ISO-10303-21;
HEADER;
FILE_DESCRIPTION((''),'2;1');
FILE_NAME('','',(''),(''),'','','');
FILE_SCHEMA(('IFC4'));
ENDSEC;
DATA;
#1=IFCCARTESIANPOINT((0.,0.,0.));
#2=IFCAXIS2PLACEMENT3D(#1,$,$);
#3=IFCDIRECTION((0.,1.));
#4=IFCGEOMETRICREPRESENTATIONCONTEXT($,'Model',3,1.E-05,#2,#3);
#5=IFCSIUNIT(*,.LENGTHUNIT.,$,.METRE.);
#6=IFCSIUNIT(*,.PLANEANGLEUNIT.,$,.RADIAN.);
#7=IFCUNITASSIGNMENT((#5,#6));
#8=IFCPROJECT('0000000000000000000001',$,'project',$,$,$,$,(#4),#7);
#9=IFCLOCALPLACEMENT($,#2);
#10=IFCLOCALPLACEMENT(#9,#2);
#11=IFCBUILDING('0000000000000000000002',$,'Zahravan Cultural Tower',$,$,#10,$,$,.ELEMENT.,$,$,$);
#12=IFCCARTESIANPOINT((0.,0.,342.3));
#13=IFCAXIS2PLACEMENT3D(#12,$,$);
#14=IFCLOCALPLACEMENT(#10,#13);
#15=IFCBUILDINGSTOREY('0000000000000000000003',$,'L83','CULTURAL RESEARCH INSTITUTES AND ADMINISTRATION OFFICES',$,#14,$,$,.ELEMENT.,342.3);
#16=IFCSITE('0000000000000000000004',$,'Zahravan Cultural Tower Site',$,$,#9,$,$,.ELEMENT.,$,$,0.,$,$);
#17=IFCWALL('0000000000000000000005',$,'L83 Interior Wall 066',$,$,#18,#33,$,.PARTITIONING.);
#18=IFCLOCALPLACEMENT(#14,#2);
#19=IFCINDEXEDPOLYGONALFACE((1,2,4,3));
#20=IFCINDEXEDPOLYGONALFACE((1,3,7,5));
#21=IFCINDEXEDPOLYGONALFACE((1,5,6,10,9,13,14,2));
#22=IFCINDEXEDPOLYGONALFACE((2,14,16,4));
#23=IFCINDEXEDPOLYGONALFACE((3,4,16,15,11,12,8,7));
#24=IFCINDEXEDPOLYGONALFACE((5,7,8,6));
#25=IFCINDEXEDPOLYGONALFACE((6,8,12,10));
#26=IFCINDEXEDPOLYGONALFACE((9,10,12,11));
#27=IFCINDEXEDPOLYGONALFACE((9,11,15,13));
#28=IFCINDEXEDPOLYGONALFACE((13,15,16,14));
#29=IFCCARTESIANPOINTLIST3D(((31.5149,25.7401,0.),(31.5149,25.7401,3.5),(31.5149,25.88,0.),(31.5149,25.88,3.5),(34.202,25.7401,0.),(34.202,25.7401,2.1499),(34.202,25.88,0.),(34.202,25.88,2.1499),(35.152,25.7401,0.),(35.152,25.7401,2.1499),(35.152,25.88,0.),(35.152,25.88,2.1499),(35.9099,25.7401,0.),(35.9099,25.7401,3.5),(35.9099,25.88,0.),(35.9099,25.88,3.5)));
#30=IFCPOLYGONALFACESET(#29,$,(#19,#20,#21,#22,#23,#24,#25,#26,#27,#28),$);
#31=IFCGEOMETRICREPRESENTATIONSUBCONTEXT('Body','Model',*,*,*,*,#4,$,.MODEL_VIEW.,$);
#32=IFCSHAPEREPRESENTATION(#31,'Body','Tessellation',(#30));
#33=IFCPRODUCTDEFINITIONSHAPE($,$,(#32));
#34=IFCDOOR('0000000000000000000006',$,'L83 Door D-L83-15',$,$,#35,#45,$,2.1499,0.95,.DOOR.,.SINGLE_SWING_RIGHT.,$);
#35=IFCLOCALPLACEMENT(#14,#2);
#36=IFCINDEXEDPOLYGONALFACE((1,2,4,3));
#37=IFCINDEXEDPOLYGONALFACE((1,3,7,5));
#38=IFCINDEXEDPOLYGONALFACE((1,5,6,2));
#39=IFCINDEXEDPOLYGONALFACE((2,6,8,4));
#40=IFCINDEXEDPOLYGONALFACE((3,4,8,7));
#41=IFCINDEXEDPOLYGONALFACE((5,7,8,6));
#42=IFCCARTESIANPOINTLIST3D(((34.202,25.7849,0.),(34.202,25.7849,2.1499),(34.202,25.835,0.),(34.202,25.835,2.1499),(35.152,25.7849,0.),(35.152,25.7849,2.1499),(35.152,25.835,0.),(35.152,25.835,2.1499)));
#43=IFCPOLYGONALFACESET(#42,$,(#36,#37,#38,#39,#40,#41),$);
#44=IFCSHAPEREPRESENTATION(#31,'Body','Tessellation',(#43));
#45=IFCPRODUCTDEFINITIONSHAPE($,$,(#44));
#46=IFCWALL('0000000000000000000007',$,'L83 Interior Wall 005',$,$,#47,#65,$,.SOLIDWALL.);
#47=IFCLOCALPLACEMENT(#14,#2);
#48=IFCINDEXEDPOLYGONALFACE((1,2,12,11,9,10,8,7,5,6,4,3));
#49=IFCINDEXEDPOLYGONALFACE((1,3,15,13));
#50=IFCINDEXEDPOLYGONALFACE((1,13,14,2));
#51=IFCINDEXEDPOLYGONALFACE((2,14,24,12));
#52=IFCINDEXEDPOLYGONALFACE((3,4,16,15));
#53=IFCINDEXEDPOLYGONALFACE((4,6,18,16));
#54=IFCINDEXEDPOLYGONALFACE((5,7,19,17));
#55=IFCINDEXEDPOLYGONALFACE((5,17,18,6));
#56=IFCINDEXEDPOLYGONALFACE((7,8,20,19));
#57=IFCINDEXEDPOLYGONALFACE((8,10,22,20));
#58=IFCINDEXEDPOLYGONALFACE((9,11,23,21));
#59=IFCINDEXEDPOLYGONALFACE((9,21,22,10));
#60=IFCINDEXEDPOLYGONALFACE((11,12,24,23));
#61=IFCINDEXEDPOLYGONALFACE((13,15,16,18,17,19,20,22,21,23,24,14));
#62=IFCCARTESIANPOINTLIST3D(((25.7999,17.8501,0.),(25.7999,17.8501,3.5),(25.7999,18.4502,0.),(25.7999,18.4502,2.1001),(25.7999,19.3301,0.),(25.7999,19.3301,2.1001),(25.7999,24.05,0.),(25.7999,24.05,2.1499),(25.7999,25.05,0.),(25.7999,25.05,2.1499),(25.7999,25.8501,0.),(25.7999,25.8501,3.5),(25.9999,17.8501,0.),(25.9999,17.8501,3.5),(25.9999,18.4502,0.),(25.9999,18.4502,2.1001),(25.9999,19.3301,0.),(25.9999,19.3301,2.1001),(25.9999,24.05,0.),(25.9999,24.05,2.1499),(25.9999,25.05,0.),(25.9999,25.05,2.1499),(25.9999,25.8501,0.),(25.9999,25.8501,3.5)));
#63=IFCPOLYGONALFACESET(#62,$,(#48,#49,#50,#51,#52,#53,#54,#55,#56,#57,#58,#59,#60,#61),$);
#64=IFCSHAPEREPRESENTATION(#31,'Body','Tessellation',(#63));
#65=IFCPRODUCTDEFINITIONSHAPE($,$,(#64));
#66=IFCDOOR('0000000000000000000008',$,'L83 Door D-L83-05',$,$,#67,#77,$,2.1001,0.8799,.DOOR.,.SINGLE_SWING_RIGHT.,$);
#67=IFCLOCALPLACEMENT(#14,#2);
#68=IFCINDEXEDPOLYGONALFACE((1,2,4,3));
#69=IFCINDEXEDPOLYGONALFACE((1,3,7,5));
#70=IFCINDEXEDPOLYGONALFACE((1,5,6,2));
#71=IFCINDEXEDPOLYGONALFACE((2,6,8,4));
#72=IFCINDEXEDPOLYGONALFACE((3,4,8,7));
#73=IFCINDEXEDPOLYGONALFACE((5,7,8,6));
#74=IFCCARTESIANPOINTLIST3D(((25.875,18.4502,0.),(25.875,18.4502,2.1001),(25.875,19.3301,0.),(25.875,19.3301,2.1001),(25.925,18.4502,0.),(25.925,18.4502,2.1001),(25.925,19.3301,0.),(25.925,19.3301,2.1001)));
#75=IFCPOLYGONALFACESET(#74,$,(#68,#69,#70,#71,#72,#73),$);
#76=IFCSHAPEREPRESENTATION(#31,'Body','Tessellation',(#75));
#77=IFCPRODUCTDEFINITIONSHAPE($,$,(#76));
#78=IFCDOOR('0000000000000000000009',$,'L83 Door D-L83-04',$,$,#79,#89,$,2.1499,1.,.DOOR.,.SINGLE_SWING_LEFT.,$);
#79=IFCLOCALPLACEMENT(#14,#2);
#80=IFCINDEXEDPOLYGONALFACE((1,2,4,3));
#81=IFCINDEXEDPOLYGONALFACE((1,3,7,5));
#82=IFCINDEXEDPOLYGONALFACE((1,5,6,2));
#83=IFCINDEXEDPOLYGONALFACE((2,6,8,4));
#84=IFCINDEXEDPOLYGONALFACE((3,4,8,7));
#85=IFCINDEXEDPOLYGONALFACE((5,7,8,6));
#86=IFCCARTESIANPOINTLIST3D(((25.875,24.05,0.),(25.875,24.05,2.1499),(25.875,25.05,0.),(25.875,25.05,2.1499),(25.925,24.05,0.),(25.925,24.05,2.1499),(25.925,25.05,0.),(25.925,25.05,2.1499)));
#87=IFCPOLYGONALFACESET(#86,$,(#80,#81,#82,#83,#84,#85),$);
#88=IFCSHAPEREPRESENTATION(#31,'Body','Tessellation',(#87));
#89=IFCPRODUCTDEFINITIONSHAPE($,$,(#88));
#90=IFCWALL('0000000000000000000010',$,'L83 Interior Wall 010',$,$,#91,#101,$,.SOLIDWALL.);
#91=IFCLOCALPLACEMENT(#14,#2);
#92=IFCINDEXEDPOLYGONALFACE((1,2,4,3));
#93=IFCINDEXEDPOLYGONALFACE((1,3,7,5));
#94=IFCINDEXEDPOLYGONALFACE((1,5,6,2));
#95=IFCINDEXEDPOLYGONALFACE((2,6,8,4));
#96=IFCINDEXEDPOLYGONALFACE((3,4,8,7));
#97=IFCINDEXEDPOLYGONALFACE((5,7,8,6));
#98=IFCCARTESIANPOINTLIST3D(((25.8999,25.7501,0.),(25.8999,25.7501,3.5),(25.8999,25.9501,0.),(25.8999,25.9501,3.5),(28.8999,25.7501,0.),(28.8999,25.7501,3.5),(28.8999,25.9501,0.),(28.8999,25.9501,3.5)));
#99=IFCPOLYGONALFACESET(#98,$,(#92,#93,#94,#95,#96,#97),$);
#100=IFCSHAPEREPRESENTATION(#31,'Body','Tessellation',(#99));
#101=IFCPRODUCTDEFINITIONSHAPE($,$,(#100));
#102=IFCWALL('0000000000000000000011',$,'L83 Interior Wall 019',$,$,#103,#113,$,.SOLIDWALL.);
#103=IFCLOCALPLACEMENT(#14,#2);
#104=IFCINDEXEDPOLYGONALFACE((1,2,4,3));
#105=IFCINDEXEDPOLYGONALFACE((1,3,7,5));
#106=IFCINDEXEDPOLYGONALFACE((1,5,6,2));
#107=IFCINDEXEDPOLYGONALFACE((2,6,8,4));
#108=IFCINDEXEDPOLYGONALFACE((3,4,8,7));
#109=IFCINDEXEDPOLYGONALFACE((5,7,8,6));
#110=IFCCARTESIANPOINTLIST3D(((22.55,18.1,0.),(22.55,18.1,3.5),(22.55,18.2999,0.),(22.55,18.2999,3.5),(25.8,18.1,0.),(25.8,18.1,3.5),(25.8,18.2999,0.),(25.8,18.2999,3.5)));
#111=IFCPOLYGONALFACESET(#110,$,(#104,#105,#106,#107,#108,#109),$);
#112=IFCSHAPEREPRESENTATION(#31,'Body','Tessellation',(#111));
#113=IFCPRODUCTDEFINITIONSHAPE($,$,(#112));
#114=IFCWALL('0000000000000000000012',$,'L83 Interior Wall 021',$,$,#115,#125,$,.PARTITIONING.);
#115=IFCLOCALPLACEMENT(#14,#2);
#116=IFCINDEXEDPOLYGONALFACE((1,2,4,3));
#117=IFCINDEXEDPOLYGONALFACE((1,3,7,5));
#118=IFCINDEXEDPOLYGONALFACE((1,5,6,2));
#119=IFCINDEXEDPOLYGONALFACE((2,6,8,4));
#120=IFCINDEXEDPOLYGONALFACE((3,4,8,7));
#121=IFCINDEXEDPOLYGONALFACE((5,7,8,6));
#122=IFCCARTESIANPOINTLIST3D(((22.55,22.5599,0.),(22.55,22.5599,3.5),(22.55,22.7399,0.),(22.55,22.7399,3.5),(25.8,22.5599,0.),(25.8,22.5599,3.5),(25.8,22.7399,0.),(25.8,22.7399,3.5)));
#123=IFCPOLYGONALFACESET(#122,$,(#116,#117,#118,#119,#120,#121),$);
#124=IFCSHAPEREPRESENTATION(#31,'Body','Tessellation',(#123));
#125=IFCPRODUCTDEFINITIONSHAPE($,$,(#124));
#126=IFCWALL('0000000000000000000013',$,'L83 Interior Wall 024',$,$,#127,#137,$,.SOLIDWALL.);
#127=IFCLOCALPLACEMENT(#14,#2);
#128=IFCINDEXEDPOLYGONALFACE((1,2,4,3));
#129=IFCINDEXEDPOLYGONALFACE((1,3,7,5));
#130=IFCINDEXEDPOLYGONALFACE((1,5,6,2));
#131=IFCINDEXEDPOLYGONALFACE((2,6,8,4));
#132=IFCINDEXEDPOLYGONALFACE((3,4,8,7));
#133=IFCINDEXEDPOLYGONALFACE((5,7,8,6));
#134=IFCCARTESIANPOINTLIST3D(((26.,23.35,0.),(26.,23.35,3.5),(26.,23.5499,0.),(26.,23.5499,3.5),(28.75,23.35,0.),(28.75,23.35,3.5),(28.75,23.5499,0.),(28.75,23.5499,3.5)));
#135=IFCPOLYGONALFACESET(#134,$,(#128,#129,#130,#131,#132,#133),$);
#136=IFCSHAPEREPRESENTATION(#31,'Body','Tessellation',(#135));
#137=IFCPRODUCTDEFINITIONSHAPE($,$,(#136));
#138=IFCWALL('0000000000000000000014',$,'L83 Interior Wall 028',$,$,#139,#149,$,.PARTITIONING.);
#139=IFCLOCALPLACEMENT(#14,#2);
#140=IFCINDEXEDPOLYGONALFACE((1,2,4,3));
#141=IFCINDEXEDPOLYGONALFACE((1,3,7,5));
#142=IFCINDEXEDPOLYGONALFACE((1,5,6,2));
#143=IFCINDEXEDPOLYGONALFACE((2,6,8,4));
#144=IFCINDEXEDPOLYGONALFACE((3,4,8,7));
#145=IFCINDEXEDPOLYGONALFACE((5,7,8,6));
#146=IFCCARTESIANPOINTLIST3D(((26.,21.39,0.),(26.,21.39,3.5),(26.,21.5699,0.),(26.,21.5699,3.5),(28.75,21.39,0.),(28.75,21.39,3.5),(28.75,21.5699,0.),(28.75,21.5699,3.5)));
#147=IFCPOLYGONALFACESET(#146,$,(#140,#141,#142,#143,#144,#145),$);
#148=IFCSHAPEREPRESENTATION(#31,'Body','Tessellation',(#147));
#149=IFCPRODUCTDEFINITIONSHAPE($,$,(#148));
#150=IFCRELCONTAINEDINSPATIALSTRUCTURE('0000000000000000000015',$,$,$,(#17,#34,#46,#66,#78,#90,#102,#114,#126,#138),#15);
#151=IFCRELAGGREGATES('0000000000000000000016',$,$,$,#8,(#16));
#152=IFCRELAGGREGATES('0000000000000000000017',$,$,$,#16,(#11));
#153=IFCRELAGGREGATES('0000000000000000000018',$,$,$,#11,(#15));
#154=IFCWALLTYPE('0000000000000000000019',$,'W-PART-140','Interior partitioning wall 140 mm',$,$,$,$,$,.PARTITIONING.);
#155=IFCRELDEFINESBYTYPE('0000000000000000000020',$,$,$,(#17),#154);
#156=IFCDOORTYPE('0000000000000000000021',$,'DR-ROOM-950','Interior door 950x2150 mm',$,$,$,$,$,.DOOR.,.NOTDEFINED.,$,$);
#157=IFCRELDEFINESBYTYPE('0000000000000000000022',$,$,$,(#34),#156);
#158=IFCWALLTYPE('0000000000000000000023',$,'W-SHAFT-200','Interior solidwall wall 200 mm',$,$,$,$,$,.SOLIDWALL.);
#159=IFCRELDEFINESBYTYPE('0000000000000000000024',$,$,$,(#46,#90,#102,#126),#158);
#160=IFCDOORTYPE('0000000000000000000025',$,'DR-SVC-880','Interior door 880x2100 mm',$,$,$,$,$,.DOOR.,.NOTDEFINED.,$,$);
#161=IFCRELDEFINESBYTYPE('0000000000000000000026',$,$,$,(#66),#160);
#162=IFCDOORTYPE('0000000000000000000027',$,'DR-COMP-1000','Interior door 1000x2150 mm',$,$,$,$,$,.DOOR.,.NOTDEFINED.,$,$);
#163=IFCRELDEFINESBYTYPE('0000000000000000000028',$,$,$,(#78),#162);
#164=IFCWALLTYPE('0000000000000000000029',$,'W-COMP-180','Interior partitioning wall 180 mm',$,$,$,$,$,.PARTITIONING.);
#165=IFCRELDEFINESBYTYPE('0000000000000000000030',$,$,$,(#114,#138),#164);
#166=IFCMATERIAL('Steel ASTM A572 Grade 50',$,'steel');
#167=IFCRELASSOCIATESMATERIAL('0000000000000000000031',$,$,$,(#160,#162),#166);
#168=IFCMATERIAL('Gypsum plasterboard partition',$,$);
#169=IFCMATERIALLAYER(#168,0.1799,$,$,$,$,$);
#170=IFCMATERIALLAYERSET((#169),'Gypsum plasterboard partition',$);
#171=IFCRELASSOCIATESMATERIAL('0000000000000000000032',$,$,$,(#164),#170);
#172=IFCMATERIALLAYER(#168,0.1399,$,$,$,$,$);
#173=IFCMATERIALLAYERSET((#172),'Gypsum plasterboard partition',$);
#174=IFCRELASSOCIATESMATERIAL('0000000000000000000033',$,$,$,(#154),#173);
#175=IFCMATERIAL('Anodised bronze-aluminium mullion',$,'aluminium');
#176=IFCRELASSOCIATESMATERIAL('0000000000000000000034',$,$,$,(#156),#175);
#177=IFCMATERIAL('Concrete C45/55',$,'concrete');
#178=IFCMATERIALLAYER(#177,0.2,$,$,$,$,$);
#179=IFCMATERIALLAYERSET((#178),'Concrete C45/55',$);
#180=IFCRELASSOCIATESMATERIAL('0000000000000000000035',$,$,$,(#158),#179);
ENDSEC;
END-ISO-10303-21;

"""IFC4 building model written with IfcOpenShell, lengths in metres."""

from ifc_helpers import new_model, si_unit, direction, frame, frame_2d, origin, place, context, subcontext, project, spatial, rectangle, extrude, source, transform, mapped, material, layer, layer_set, type_object, element, fill, save


model = new_model("IFC4")

# Units and contexts
model_context = context("Model", 3, precision=1e-05, world=origin(), true_north=direction((0.0, 1.0)))
body_context = subcontext(model_context, "Body", "Model", "MODEL_VIEW")
ifc_project = project(units=[si_unit("LENGTHUNIT", "METRE"), si_unit("PLANEANGLEUNIT", "RADIAN")], contexts=[model_context])

# Site, building, storey
site_placement = place(None, origin())
site = spatial("IfcSite", under=ifc_project, at=site_placement, Name="Zahravan Cultural Tower Site", CompositionType="ELEMENT", RefElevation=0.0)
building_placement = place(site_placement, origin())
building = spatial("IfcBuilding", under=site, at=building_placement, Name="Zahravan Cultural Tower", CompositionType="ELEMENT")
storey_placement = place(building_placement, frame((0.0, 0.0, 342.3)))
storey = spatial("IfcBuildingStorey", under=building, at=storey_placement, Name="L83", Description="CULTURAL RESEARCH INSTITUTES AND ADMINISTRATION OFFICES", CompositionType="ELEMENT", Elevation=342.3)

# Shared definitions
ifc_material_1 = material(Name="Steel ASTM A572 Grade 50", Category="steel")
door_type_1 = type_object("IfcDoorType", Name="DR-SVC-880", Description="Interior door 880x2100 mm", OperationType="NOTDEFINED", PredefinedType="DOOR", material=ifc_material_1)
shared_shape_1 = source(origin(), body_context, "Body", "SweptSolid", [
    extrude(rectangle(XDim=0.8799, YDim=2.1001, at=frame_2d((0.4399, 1.05))), frame((0.0, 0.0249, 0.0), z_axis=(0.0, -1.0, 0.0), x_axis=(1.0, 0.0, 0.0)), (0.0, 0.0, 1.0), 0.05),
])

# Wall, opening, door
ifc_material_2 = material(Name="Gypsum plasterboard partition")
ifc_layer_1 = layer(ifc_material_2, 0.1799)
ifc_layer_set_1 = layer_set([ifc_layer_1], Name="Gypsum plasterboard partition")
wall_type_1 = type_object("IfcWallType", Name="W-COMP-180", Description="Interior partitioning wall 180 mm", PredefinedType="PARTITIONING", material=ifc_layer_set_1)
ifc_layer_2 = layer(ifc_material_2, 0.1399)
ifc_layer_set_2 = layer_set([ifc_layer_2], Name="Gypsum plasterboard partition")
wall_type_2 = type_object("IfcWallType", Name="W-PART-140", Description="Interior partitioning wall 140 mm", PredefinedType="PARTITIONING", material=ifc_layer_set_2)
wall_1_placement = place(storey_placement, frame((31.5149, 25.8101, 0.0), z_axis=(0.0, 0.0, 1.0), x_axis=(1.0, 0.0, 0.0)))
wall_1 = element("IfcWall", 1, at=wall_1_placement, inside=storey, type_object=wall_type_2, Name="L83 Interior Wall 066", PredefinedType="PARTITIONING", context=body_context, shape_type="SweptSolid", body=[
    extrude(rectangle(XDim=4.395, YDim=0.1399, at=frame_2d((2.1975, 0.0))), origin(), (0.0, 0.0, 1.0), 3.5),
])
opening_1_placement = place(wall_1_placement, frame((2.687, 0.0, 0.0)))
opening_1 = element("IfcOpeningElement", 2, at=opening_1_placement, cuts=wall_1, PredefinedType="OPENING", context=body_context, shape_type="SweptSolid", body=[
    extrude(rectangle(XDim=0.95, YDim=2.1499, at=frame_2d((0.4751, 1.075))), frame((0.0, 0.0798, 0.0), z_axis=(0.0, -1.0, 0.0), x_axis=(1.0, 0.0, 0.0)), (0.0, 0.0, 1.0), 0.1599),
])
ifc_material_3 = material(Name="Anodised bronze-aluminium mullion", Category="aluminium")
door_type_2 = type_object("IfcDoorType", Name="DR-ROOM-950", Description="Interior door 950x2150 mm", OperationType="NOTDEFINED", PredefinedType="DOOR", material=ifc_material_3)
shared_shape_2 = source(origin(), body_context, "Body", "SweptSolid", [
    extrude(rectangle(XDim=0.95, YDim=2.1499, at=frame_2d((0.4751, 1.075))), frame((0.0, 0.0249, 0.0), z_axis=(0.0, -1.0, 0.0), x_axis=(1.0, 0.0, 0.0)), (0.0, 0.0, 1.0), 0.05),
])
door_1_placement = place(opening_1_placement, origin())
door_1 = element("IfcDoor", 3, at=door_1_placement, inside=storey, type_object=door_type_2, Name="L83 Door D-L83-15", OperationType="SINGLE_SWING_RIGHT", OverallHeight=2.1499, OverallWidth=0.95, PredefinedType="DOOR", context=body_context, shape_type="MappedRepresentation", body=[
    mapped(shared_shape_2, transform((0.0, 0.0, 0.0), x_axis=(1.0, 0.0, 0.0), y_axis=(0.0, 1.0, 0.0), z_axis=(0.0, 0.0, 1.0), scale=1.0)),
])
fill(opening_1, door_1)

# Wall, openings, doors
ifc_material_4 = material(Name="Concrete C45/55", Category="concrete")
ifc_layer_3 = layer(ifc_material_4, 0.2)
ifc_layer_set_3 = layer_set([ifc_layer_3], Name="Concrete C45/55")
wall_type_3 = type_object("IfcWallType", Name="W-SHAFT-200", Description="Interior solidwall wall 200 mm", PredefinedType="SOLIDWALL", material=ifc_layer_set_3)
wall_2_placement = place(storey_placement, frame((25.8999, 17.8501, 0.0), z_axis=(0.0, 0.0, 1.0), x_axis=(0.0, 1.0, 0.0)))
wall_2 = element("IfcWall", 4, at=wall_2_placement, inside=storey, type_object=wall_type_3, Name="L83 Interior Wall 005", PredefinedType="SOLIDWALL", context=body_context, shape_type="SweptSolid", body=[
    extrude(rectangle(XDim=8.0, YDim=0.2, at=frame_2d((4.0, 0.0))), origin(), (0.0, 0.0, 1.0), 3.5),
])
opening_2_placement = place(wall_2_placement, frame((6.2, 0.0, 0.0)))
opening_2 = element("IfcOpeningElement", 5, at=opening_2_placement, cuts=wall_2, PredefinedType="OPENING", context=body_context, shape_type="SweptSolid", body=[
    extrude(rectangle(XDim=1.0, YDim=2.1499, at=frame_2d((0.5, 1.075))), frame((0.0, 0.1099, 0.0), z_axis=(0.0, -1.0, 0.0), x_axis=(1.0, 0.0, 0.0)), (0.0, 0.0, 1.0), 0.22),
])
opening_3_placement = place(wall_2_placement, frame((0.6001, 0.0, 0.0)))
opening_3 = element("IfcOpeningElement", 6, at=opening_3_placement, cuts=wall_2, PredefinedType="OPENING", context=body_context, shape_type="SweptSolid", body=[
    extrude(rectangle(XDim=0.8799, YDim=2.1001, at=frame_2d((0.4399, 1.05))), frame((0.0, 0.1099, 0.0), z_axis=(0.0, -1.0, 0.0), x_axis=(1.0, 0.0, 0.0)), (0.0, 0.0, 1.0), 0.22),
])
door_2_placement = place(opening_3_placement, origin())
door_2 = element("IfcDoor", 7, at=door_2_placement, inside=storey, type_object=door_type_1, Name="L83 Door D-L83-05", OperationType="SINGLE_SWING_RIGHT", OverallHeight=2.1001, OverallWidth=0.8799, PredefinedType="DOOR", context=body_context, shape_type="MappedRepresentation", body=[
    mapped(shared_shape_1, transform((0.0, 0.0, 0.0), x_axis=(1.0, 0.0, 0.0), y_axis=(0.0, 1.0, 0.0), z_axis=(0.0, 0.0, 1.0), scale=1.0)),
])
fill(opening_3, door_2)
door_type_3 = type_object("IfcDoorType", Name="DR-COMP-1000", Description="Interior door 1000x2150 mm", OperationType="NOTDEFINED", PredefinedType="DOOR", material=ifc_material_1)
shared_shape_3 = source(origin(), body_context, "Body", "SweptSolid", [
    extrude(rectangle(XDim=1.0, YDim=2.1499, at=frame_2d((0.5, 1.075))), frame((0.0, 0.0249, 0.0), z_axis=(0.0, -1.0, 0.0), x_axis=(1.0, 0.0, 0.0)), (0.0, 0.0, 1.0), 0.05),
])
door_3_placement = place(opening_2_placement, origin())
door_3 = element("IfcDoor", 8, at=door_3_placement, inside=storey, type_object=door_type_3, Name="L83 Door D-L83-04", OperationType="SINGLE_SWING_LEFT", OverallHeight=2.1499, OverallWidth=1.0, PredefinedType="DOOR", context=body_context, shape_type="MappedRepresentation", body=[
    mapped(shared_shape_3, transform((0.0, 0.0, 0.0), x_axis=(1.0, 0.0, 0.0), y_axis=(0.0, 1.0, 0.0), z_axis=(0.0, 0.0, 1.0), scale=1.0)),
])
fill(opening_2, door_3)

# Walls
shared_shape_4 = source(origin(), body_context, "Body", "SweptSolid", [
    extrude(rectangle(XDim=3.0, YDim=0.2, at=frame_2d((1.5, 0.0))), origin(), (0.0, 0.0, 1.0), 3.5),
])
wall_3_placement = place(storey_placement, frame((25.8999, 25.8501, 0.0), z_axis=(0.0, 0.0, 1.0), x_axis=(1.0, 0.0, 0.0)))
element("IfcWall", 9, at=wall_3_placement, inside=storey, type_object=wall_type_3, Name="L83 Interior Wall 010", PredefinedType="SOLIDWALL", context=body_context, shape_type="MappedRepresentation", body=[
    mapped(shared_shape_4, transform((0.0, 0.0, 0.0), x_axis=(1.0, 0.0, 0.0), y_axis=(0.0, 1.0, 0.0), z_axis=(0.0, 0.0, 1.0), scale=1.0)),
])
shared_shape_5 = source(origin(), body_context, "Body", "SweptSolid", [
    extrude(rectangle(XDim=3.25, YDim=0.2, at=frame_2d((1.625, 0.0))), origin(), (0.0, 0.0, 1.0), 3.5),
])
wall_4_placement = place(storey_placement, frame((22.55, 18.2, 0.0), z_axis=(0.0, 0.0, 1.0), x_axis=(1.0, 0.0, 0.0)))
element("IfcWall", 10, at=wall_4_placement, inside=storey, type_object=wall_type_3, Name="L83 Interior Wall 019", PredefinedType="SOLIDWALL", context=body_context, shape_type="MappedRepresentation", body=[
    mapped(shared_shape_5, transform((0.0, 0.0, 0.0), x_axis=(1.0, 0.0, 0.0), y_axis=(0.0, 1.0, 0.0), z_axis=(0.0, 0.0, 1.0), scale=1.0)),
])
shared_shape_6 = source(origin(), body_context, "Body", "SweptSolid", [
    extrude(rectangle(XDim=3.25, YDim=0.1799, at=frame_2d((1.625, 0.0))), origin(), (0.0, 0.0, 1.0), 3.5),
])
wall_5_placement = place(storey_placement, frame((22.55, 22.6499, 0.0), z_axis=(0.0, 0.0, 1.0), x_axis=(1.0, 0.0, 0.0)))
element("IfcWall", 11, at=wall_5_placement, inside=storey, type_object=wall_type_1, Name="L83 Interior Wall 021", PredefinedType="PARTITIONING", context=body_context, shape_type="MappedRepresentation", body=[
    mapped(shared_shape_6, transform((0.0, 0.0, 0.0), x_axis=(1.0, 0.0, 0.0), y_axis=(0.0, 1.0, 0.0), z_axis=(0.0, 0.0, 1.0), scale=1.0)),
])
shared_shape_7 = source(origin(), body_context, "Body", "SweptSolid", [
    extrude(rectangle(XDim=2.75, YDim=0.2, at=frame_2d((1.375, 0.0))), origin(), (0.0, 0.0, 1.0), 3.5),
])
wall_6_placement = place(storey_placement, frame((26.0, 23.45, 0.0), z_axis=(0.0, 0.0, 1.0), x_axis=(1.0, 0.0, 0.0)))
element("IfcWall", 12, at=wall_6_placement, inside=storey, type_object=wall_type_3, Name="L83 Interior Wall 024", PredefinedType="SOLIDWALL", context=body_context, shape_type="MappedRepresentation", body=[
    mapped(shared_shape_7, transform((0.0, 0.0, 0.0), x_axis=(1.0, 0.0, 0.0), y_axis=(0.0, 1.0, 0.0), z_axis=(0.0, 0.0, 1.0), scale=1.0)),
])
shared_shape_8 = source(origin(), body_context, "Body", "SweptSolid", [
    extrude(rectangle(XDim=2.75, YDim=0.1799, at=frame_2d((1.375, 0.0))), origin(), (0.0, 0.0, 1.0), 3.5),
])
wall_7_placement = place(storey_placement, frame((26.0, 21.48, 0.0), z_axis=(0.0, 0.0, 1.0), x_axis=(1.0, 0.0, 0.0)))
element("IfcWall", 13, at=wall_7_placement, inside=storey, type_object=wall_type_1, Name="L83 Interior Wall 028", PredefinedType="PARTITIONING", context=body_context, shape_type="MappedRepresentation", body=[
    mapped(shared_shape_8, transform((0.0, 0.0, 0.0), x_axis=(1.0, 0.0, 0.0), y_axis=(0.0, 1.0, 0.0), z_axis=(0.0, 0.0, 1.0), scale=1.0)),
])

save(model, "model.ifc")
